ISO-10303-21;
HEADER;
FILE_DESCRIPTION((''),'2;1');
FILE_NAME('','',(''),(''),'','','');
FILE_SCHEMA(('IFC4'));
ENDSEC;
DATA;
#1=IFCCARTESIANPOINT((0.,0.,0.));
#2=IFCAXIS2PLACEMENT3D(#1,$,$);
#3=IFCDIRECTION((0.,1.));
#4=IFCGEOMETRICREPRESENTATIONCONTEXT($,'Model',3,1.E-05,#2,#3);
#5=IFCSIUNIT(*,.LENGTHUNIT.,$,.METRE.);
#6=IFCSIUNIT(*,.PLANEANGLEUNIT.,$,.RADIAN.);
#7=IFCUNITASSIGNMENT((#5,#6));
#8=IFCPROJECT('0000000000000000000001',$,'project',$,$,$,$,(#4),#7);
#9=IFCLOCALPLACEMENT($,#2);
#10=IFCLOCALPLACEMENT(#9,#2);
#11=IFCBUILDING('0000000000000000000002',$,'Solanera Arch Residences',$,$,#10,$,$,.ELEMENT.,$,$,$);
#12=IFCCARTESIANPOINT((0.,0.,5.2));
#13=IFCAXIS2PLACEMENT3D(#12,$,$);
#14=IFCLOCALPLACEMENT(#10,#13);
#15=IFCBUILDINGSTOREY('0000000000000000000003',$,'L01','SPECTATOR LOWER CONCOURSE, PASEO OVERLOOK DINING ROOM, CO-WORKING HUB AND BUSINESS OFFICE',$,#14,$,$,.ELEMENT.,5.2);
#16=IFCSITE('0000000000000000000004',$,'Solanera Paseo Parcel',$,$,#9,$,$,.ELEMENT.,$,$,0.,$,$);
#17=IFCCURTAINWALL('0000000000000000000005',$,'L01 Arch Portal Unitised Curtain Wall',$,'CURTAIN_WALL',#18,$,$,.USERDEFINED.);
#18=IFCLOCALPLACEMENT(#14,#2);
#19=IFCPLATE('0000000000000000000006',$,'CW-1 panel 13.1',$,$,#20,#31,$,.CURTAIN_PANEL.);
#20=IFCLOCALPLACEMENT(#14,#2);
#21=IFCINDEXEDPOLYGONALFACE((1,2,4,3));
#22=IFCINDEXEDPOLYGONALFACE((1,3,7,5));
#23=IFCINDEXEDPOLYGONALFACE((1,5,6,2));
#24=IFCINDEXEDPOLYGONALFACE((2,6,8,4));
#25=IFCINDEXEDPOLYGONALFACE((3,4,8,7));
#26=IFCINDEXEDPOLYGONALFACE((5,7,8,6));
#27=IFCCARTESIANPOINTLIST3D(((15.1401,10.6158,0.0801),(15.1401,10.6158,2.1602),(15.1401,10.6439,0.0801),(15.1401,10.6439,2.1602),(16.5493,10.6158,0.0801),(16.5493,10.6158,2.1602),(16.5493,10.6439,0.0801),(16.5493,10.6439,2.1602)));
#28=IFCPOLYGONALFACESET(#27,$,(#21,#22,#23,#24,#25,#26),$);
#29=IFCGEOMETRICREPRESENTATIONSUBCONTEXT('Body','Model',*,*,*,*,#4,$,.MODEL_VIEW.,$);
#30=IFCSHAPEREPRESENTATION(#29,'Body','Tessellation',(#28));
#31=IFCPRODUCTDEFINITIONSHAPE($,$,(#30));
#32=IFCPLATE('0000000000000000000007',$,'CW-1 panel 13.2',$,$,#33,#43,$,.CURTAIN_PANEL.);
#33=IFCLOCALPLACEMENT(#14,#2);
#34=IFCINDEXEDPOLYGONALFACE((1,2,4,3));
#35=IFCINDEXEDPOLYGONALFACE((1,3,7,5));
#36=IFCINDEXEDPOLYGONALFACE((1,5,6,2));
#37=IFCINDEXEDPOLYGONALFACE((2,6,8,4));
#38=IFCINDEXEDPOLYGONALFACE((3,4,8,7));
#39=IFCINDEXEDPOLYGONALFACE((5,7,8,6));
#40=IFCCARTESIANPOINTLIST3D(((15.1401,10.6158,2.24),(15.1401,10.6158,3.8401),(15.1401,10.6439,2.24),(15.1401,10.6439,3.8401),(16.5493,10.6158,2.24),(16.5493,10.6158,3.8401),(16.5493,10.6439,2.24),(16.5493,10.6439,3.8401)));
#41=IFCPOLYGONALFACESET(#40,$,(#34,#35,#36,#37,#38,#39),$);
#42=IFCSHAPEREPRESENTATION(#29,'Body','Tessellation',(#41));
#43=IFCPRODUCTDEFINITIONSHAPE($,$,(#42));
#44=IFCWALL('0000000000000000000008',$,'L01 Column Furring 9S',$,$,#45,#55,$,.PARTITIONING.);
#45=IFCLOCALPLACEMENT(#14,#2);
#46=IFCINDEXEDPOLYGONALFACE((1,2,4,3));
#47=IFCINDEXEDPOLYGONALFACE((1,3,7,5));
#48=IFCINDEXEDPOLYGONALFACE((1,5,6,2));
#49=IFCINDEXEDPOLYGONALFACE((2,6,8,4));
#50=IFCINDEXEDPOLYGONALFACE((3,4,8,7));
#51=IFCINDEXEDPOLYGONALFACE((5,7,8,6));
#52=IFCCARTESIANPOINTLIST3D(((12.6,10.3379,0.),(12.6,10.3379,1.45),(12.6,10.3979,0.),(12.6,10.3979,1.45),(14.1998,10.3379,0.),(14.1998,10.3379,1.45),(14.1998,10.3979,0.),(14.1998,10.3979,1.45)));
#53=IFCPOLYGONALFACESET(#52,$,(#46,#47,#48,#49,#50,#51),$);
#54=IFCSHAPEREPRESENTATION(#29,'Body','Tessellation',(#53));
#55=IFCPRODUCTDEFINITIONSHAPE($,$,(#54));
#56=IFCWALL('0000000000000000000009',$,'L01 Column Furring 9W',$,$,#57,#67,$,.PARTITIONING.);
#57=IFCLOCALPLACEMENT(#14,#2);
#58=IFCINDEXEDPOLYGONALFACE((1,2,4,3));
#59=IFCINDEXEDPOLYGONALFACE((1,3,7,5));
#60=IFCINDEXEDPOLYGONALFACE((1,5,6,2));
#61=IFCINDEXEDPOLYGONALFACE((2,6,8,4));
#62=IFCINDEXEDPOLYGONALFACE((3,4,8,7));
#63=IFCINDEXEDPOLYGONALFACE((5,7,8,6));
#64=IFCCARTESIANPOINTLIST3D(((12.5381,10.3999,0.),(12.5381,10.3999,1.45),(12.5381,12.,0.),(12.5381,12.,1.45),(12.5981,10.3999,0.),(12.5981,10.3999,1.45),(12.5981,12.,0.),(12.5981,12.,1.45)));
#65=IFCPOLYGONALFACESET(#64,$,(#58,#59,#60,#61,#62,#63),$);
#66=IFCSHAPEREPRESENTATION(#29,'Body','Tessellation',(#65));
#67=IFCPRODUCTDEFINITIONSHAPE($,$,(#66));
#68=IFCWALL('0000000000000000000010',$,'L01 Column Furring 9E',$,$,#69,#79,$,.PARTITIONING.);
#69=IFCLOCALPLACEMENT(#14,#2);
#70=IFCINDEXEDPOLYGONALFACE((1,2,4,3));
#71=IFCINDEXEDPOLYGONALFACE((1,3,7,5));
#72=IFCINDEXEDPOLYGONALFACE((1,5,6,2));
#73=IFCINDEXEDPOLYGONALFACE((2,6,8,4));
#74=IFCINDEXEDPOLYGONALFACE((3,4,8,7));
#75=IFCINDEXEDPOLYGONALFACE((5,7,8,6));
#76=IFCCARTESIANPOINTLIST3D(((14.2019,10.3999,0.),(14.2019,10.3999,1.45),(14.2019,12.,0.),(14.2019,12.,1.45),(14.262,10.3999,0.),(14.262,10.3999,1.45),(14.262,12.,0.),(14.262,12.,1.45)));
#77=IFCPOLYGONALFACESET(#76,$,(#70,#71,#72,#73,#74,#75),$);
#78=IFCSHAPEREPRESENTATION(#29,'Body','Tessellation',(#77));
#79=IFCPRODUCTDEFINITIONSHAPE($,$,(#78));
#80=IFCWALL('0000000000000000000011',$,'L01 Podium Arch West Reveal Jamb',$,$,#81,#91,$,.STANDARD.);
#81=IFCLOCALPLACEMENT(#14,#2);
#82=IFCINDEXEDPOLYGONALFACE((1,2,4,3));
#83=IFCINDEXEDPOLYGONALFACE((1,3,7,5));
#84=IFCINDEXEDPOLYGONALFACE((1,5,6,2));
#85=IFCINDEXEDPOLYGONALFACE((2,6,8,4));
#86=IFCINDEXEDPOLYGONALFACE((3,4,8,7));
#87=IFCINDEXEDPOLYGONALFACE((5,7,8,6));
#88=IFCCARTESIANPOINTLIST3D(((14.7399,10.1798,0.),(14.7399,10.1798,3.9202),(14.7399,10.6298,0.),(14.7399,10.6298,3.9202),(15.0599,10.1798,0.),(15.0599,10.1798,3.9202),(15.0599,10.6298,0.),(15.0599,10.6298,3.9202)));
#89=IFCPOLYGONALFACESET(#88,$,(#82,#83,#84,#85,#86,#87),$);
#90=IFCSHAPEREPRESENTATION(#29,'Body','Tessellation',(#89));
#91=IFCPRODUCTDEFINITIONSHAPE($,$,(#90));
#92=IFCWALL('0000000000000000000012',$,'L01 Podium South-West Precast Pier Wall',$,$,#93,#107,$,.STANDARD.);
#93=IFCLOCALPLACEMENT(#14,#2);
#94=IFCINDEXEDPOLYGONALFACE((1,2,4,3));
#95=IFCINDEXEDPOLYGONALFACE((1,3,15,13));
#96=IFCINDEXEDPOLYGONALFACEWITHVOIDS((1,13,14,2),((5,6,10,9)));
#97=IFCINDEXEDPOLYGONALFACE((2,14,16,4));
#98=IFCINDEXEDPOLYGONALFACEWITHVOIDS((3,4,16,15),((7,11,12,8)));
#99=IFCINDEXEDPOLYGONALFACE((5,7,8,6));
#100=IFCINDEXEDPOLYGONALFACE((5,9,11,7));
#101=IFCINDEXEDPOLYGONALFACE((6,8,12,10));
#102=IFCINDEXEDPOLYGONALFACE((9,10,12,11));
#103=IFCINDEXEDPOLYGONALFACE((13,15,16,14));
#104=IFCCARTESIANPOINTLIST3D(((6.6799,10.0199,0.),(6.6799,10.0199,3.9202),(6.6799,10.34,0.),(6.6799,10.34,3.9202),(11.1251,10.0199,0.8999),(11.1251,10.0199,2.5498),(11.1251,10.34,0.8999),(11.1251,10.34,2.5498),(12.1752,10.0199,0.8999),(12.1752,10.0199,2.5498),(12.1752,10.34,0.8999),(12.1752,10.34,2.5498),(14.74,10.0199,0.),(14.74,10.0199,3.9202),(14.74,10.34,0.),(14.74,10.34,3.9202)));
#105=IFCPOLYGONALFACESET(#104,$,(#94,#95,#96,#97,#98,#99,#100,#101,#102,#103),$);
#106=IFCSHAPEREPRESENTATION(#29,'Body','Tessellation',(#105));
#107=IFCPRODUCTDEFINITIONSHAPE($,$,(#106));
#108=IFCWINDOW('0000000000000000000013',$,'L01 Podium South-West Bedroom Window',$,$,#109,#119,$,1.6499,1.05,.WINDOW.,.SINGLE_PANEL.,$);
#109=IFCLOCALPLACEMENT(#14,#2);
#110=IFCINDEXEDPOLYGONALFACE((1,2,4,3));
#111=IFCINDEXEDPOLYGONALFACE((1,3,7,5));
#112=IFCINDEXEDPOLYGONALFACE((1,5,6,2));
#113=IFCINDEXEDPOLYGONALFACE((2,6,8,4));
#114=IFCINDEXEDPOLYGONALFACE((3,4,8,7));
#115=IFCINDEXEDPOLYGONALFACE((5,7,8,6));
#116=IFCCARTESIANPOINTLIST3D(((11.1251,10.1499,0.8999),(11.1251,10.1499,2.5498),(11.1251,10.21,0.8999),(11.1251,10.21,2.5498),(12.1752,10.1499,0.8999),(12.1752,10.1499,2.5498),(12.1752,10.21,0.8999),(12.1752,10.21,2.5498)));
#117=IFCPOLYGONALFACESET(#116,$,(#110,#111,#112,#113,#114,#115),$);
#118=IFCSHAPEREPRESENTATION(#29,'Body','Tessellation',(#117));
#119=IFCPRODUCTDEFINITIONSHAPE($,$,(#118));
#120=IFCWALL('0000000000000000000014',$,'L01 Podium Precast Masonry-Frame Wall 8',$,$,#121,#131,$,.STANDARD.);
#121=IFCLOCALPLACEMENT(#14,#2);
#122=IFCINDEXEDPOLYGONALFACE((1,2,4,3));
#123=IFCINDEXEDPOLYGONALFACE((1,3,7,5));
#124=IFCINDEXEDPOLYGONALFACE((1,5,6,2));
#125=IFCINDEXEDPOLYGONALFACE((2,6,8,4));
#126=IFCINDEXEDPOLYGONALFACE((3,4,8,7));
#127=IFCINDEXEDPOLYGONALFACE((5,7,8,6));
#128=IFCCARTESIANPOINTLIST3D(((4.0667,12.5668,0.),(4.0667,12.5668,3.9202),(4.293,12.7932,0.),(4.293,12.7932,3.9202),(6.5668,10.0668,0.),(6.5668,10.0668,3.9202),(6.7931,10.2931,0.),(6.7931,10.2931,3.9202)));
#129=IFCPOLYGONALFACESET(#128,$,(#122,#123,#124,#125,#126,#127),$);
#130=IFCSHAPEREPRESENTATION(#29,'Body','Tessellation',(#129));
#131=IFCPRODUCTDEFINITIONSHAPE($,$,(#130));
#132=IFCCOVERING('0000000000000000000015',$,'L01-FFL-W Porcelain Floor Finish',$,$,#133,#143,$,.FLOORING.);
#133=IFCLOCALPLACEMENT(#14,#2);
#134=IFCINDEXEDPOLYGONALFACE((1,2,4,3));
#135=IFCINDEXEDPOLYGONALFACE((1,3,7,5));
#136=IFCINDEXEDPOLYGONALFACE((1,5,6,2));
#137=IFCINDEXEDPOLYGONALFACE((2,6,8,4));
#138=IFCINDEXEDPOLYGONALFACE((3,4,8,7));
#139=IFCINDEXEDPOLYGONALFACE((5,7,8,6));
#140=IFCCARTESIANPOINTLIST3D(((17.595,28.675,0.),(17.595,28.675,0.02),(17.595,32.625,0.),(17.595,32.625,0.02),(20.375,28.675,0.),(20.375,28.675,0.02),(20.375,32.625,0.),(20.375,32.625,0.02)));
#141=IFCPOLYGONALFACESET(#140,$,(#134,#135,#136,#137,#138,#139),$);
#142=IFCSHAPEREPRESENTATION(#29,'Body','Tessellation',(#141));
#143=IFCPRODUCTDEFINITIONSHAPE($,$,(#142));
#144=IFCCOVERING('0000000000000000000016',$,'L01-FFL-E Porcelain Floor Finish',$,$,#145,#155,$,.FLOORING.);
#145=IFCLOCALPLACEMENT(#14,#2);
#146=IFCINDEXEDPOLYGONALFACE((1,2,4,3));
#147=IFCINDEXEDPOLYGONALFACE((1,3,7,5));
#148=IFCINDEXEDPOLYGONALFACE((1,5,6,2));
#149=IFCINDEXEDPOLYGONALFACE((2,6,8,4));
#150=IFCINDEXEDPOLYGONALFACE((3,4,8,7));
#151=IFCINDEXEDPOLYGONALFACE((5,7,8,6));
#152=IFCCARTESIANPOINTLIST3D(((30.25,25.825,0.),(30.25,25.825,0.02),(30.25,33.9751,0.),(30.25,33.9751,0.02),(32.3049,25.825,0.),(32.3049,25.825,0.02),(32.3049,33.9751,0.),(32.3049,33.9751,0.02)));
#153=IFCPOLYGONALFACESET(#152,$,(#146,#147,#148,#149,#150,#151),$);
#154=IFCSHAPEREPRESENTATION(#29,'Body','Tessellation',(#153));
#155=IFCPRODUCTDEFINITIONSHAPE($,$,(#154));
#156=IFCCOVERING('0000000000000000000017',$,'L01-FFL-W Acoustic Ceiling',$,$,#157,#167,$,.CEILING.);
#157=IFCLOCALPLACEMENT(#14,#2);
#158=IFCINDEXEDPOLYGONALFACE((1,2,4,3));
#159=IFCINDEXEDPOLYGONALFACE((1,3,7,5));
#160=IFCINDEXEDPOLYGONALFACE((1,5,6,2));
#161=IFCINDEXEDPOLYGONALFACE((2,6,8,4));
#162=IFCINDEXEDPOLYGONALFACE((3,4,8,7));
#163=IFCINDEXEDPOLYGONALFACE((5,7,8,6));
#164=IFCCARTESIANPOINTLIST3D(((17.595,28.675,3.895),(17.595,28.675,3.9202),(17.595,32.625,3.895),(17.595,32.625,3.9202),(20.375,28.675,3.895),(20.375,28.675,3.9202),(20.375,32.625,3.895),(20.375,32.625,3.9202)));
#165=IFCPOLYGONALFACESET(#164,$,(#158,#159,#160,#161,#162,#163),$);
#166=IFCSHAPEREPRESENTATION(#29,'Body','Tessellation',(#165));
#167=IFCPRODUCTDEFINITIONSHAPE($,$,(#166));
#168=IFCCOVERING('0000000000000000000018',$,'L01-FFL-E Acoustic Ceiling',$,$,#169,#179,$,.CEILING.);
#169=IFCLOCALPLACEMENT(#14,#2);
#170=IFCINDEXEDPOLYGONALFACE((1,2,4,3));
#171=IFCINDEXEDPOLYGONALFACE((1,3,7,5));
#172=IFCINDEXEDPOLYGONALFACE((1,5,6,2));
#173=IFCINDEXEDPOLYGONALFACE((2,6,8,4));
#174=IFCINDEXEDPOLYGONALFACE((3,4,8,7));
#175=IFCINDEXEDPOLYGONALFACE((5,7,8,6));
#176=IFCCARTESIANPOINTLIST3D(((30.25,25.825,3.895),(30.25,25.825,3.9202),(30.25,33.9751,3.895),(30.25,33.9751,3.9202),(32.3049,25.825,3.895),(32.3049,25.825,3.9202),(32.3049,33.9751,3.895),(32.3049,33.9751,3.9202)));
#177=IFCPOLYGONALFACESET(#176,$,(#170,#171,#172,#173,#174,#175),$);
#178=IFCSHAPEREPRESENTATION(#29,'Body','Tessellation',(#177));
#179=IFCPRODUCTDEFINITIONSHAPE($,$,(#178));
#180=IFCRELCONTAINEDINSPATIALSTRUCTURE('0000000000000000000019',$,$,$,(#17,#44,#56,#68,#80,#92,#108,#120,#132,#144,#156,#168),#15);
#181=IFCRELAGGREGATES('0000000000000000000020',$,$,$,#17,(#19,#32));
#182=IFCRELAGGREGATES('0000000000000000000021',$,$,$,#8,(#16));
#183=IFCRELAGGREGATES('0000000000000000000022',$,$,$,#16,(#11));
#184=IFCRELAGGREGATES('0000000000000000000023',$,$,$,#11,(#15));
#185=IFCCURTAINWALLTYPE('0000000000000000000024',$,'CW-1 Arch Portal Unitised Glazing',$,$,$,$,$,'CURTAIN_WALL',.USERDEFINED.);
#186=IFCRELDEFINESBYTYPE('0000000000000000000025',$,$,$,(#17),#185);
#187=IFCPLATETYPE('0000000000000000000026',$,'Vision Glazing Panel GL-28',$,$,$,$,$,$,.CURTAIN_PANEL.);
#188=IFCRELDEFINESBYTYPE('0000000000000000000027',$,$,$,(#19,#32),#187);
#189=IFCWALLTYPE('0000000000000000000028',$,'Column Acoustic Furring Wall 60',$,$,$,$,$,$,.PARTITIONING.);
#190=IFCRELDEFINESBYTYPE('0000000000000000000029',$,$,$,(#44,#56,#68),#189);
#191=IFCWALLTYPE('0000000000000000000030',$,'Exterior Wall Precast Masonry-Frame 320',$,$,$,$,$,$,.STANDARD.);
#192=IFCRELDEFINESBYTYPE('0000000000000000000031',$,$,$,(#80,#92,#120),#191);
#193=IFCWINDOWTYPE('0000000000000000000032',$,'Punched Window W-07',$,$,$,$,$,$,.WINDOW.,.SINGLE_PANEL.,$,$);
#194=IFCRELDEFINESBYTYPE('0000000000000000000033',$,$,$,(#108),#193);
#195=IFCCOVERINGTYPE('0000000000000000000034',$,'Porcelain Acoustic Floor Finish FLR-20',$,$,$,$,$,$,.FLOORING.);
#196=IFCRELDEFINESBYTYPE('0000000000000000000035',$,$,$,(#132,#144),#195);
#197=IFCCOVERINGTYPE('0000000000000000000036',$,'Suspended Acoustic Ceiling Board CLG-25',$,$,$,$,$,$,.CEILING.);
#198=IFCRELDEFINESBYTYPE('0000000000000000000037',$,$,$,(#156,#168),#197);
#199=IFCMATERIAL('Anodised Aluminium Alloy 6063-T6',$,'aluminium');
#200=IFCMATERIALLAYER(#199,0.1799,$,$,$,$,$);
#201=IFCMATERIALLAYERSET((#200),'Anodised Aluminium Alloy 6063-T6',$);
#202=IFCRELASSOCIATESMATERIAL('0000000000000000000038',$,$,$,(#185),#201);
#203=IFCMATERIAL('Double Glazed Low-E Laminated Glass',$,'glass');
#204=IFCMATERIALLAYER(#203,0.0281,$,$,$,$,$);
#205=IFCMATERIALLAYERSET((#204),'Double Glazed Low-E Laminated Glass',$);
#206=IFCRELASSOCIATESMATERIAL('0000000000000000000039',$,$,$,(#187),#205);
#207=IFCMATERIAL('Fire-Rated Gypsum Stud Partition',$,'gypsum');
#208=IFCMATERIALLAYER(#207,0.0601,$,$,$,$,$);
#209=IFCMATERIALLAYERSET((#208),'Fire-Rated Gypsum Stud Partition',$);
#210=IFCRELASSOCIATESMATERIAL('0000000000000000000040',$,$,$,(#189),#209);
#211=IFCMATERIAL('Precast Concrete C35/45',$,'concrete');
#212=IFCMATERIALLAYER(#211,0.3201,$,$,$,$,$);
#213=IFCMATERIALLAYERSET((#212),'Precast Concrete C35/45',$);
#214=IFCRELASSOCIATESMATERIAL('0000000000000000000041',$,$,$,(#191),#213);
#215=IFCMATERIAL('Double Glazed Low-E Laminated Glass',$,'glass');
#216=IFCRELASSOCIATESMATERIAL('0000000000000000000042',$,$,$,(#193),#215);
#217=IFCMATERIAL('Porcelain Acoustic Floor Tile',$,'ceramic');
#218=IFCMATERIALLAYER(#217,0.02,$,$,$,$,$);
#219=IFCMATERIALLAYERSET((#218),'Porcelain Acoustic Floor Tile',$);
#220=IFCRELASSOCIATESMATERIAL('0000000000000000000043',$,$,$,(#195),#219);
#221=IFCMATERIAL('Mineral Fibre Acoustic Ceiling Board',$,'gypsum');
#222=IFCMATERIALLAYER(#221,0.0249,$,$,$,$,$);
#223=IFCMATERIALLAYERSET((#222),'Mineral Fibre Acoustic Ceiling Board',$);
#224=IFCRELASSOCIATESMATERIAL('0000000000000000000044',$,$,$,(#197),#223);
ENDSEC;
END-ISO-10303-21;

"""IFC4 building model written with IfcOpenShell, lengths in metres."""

from ifc_helpers import new_model, si_unit, direction, frame, frame_2d, origin, origin_2d, place, context, subcontext, project, spatial, polyline, rectangle, outline, extrude, material, layer, layer_set, type_object, element, fill, aggregate, save


model = new_model("IFC4")

# Units and contexts
model_context = context("Model", 3, precision=1e-05, world=origin(), true_north=direction((0.0, 1.0)))
body_context = subcontext(model_context, "Body", "Model", "MODEL_VIEW")
ifc_project = project(units=[si_unit("LENGTHUNIT", "METRE"), si_unit("PLANEANGLEUNIT", "RADIAN")], contexts=[model_context])

# Site, building, storey
site_placement = place(None, origin())
site = spatial("IfcSite", under=ifc_project, at=site_placement, Name="Solanera Paseo Parcel", CompositionType="ELEMENT", RefElevation=0.0)
building_placement = place(site_placement, origin())
building = spatial("IfcBuilding", under=site, at=building_placement, Name="Solanera Arch Residences", CompositionType="ELEMENT")
storey_placement = place(building_placement, frame((0.0, 0.0, 5.2)))
storey = spatial("IfcBuildingStorey", under=building, at=storey_placement, Name="L01", Description="SPECTATOR LOWER CONCOURSE, PASEO OVERLOOK DINING ROOM, CO-WORKING HUB AND BUSINESS OFFICE", CompositionType="ELEMENT", Elevation=5.2)

# Curtain wall
ifc_material_1 = material(Name="Anodised Aluminium Alloy 6063-T6", Category="aluminium")
ifc_layer_1 = layer(ifc_material_1, 0.1799)
ifc_layer_set_1 = layer_set([ifc_layer_1], Name="Anodised Aluminium Alloy 6063-T6")
curtain_wall_type = type_object("IfcCurtainWallType", Name="CW-1 Arch Portal Unitised Glazing", ElementType="CURTAIN_WALL", PredefinedType="USERDEFINED", material=ifc_layer_set_1)
curtain_wall_placement = place(storey_placement, origin())
curtain_wall = element("IfcCurtainWall", 1, at=curtain_wall_placement, inside=storey, type_object=curtain_wall_type, Name="L01 Arch Portal Unitised Curtain Wall", ObjectType="CURTAIN_WALL", PredefinedType="USERDEFINED")

# Plates
ifc_material_2 = material(Name="Double Glazed Low-E Laminated Glass", Category="glass")
ifc_layer_2 = layer(ifc_material_2, 0.0281)
ifc_layer_set_2 = layer_set([ifc_layer_2], Name="Double Glazed Low-E Laminated Glass")
plate_type = type_object("IfcPlateType", Name="Vision Glazing Panel GL-28", PredefinedType="CURTAIN_PANEL", material=ifc_layer_set_2)
plate_1_placement = place(storey_placement, frame((15.8447, 10.6299, 0.0801), z_axis=(0.0, 0.0, 1.0), x_axis=(-1.0, 0.0, 0.0)))
plate_1 = element("IfcPlate", 2, at=plate_1_placement, type_object=plate_type, Name="CW-1 panel 13.1", PredefinedType="CURTAIN_PANEL", context=body_context, shape_type="SweptSolid", body=[
    extrude(rectangle(XDim=1.4092, YDim=0.0281, at=origin_2d()), origin(), (0.0, 0.0, 1.0), 2.0801),
])
plate_2_placement = place(storey_placement, frame((15.8447, 10.6299, 2.24), z_axis=(0.0, 0.0, 1.0), x_axis=(-1.0, 0.0, 0.0)))
plate_2 = element("IfcPlate", 3, at=plate_2_placement, type_object=plate_type, Name="CW-1 panel 13.2", PredefinedType="CURTAIN_PANEL", context=body_context, shape_type="SweptSolid", body=[
    extrude(rectangle(XDim=1.4092, YDim=0.0281, at=origin_2d()), origin(), (0.0, 0.0, 1.0), 1.6001),
])
aggregate(curtain_wall, [plate_1, plate_2])

# Walls
ifc_material_3 = material(Name="Fire-Rated Gypsum Stud Partition", Category="gypsum")
ifc_layer_3 = layer(ifc_material_3, 0.0601)
ifc_layer_set_3 = layer_set([ifc_layer_3], Name="Fire-Rated Gypsum Stud Partition")
wall_type_1 = type_object("IfcWallType", Name="Column Acoustic Furring Wall 60", PredefinedType="PARTITIONING", material=ifc_layer_set_3)
wall_1_placement = place(storey_placement, frame((12.6001, 10.3679, 0.0), z_axis=(0.0, 0.0, 1.0), x_axis=(1.0, 0.0, 0.0)))
element("IfcWall", 4, at=wall_1_placement, inside=storey, type_object=wall_type_1, Name="L01 Column Furring 9S", PredefinedType="PARTITIONING", context=body_context, shape_type="SweptSolid", body=[
    extrude(rectangle(XDim=1.5999, YDim=0.0601, at=frame_2d((0.7998, 0.0))), origin(), (0.0, 0.0, 1.0), 1.45),
])
for number, where, z_axis, x_axis, name in (
    (5, (12.5681, 10.3999, 0.0), (0.0, 0.0, 1.0), (0.0, 1.0, 0.0), "L01 Column Furring 9W"),
    (6, (14.2319, 10.3999, 0.0), (0.0, 0.0, 1.0), (0.0, 1.0, 0.0), "L01 Column Furring 9E"),
):
    element("IfcWall", number, at=place(storey_placement, frame(where, z_axis=z_axis, x_axis=x_axis)), inside=storey, type_object=wall_type_1, Name=name, PredefinedType="PARTITIONING", context=body_context, shape_type="SweptSolid", body=[
        extrude(rectangle(XDim=1.6001, YDim=0.0601, at=frame_2d((0.8, 0.0))), origin(), (0.0, 0.0, 1.0), 1.45),
    ])
ifc_material_4 = material(Name="Precast Concrete C35/45", Category="concrete")
ifc_layer_4 = layer(ifc_material_4, 0.3201)
ifc_layer_set_4 = layer_set([ifc_layer_4], Name="Precast Concrete C35/45")
wall_type_2 = type_object("IfcWallType", Name="Exterior Wall Precast Masonry-Frame 320", PredefinedType="STANDARD", material=ifc_layer_set_4)
wall_2_placement = place(storey_placement, frame((14.8999, 10.6299, 0.0), z_axis=(0.0, 0.0, 1.0), x_axis=(0.0, -1.0, 0.0)))
element("IfcWall", 7, at=wall_2_placement, inside=storey, type_object=wall_type_2, Name="L01 Podium Arch West Reveal Jamb", PredefinedType="STANDARD", context=body_context, shape_type="SweptSolid", body=[
    extrude(rectangle(XDim=0.45, YDim=0.3201, at=frame_2d((0.2251, 0.0))), origin(), (0.0, 0.0, 1.0), 3.9202),
])

# Wall, opening, window
wall_3_placement = place(storey_placement, frame((14.74, 10.1799, 0.0), z_axis=(0.0, 0.0, 1.0), x_axis=(-1.0, 0.0, 0.0)))
wall_3 = element("IfcWall", 8, at=wall_3_placement, inside=storey, type_object=wall_type_2, Name="L01 Podium South-West Precast Pier Wall", PredefinedType="STANDARD", context=body_context, shape_type="SweptSolid", body=[
    extrude(rectangle(XDim=8.0601, YDim=0.3201, at=frame_2d((4.03, 0.0))), origin(), (0.0, 0.0, 1.0), 3.9202),
])
opening_placement = place(wall_3_placement, frame((2.5649, 0.0, 0.8999)))
opening = element("IfcOpeningElement", 9, at=opening_placement, cuts=wall_3, PredefinedType="OPENING", context=body_context, shape_type="SweptSolid", body=[
    extrude(rectangle(XDim=1.05, YDim=1.6499, at=frame_2d((0.5249, 0.825))), frame((0.0, 0.1699, 0.0), z_axis=(0.0, -1.0, 0.0), x_axis=(1.0, 0.0, 0.0)), (0.0, 0.0, 1.0), 0.3401),
])
ifc_material_5 = material(Name="Double Glazed Low-E Laminated Glass", Category="glass")
window_type = type_object("IfcWindowType", Name="Punched Window W-07", PartitioningType="SINGLE_PANEL", PredefinedType="WINDOW", material=ifc_material_5)
window_placement = place(opening_placement, origin())
window = element("IfcWindow", 10, at=window_placement, inside=storey, type_object=window_type, Name="L01 Podium South-West Bedroom Window", OverallHeight=1.6499, OverallWidth=1.05, PartitioningType="SINGLE_PANEL", PredefinedType="WINDOW", context=body_context, shape_type="SweptSolid", body=[
    extrude(rectangle(XDim=1.05, YDim=1.6499, at=frame_2d((0.5249, 0.825))), frame((0.0, 0.03, 0.0), z_axis=(0.0, -1.0, 0.0), x_axis=(1.0, 0.0, 0.0)), (0.0, 0.0, 1.0), 0.0601),
])
fill(opening, window)

# Wall
wall_4_placement = place(storey_placement, frame((6.6799, 10.1799, 0.0), z_axis=(0.0, 0.0, 1.0), x_axis=(-0.707107, 0.707107, 0.0)))
element("IfcWall", 11, at=wall_4_placement, inside=storey, type_object=wall_type_2, Name="L01 Podium Precast Masonry-Frame Wall 8", PredefinedType="STANDARD", context=body_context, shape_type="SweptSolid", body=[
    extrude(rectangle(XDim=3.5356, YDim=0.3201, at=frame_2d((1.7678, 0.0))), origin(), (0.0, 0.0, 1.0), 3.9202),
])

# Coverings
ifc_material_6 = material(Name="Porcelain Acoustic Floor Tile", Category="ceramic")
ifc_layer_5 = layer(ifc_material_6, 0.02)
ifc_layer_set_5 = layer_set([ifc_layer_5], Name="Porcelain Acoustic Floor Tile")
covering_type_1 = type_object("IfcCoveringType", Name="Porcelain Acoustic Floor Finish FLR-20", PredefinedType="FLOORING", material=ifc_layer_set_5)
covering_1_placement = place(storey_placement, origin())
element("IfcCovering", 12, at=covering_1_placement, inside=storey, type_object=covering_type_1, Name="L01-FFL-W Porcelain Floor Finish", PredefinedType="FLOORING", context=body_context, shape_type="SweptSolid", body=[
    extrude(outline(polyline([(20.375, 28.675), (17.595, 28.675), (17.595, 32.625), (20.375, 32.625), (20.375, 28.675)])), origin(), (0.0, 0.0, 1.0), 0.02),
])
covering_2_placement = place(storey_placement, origin())
element("IfcCovering", 13, at=covering_2_placement, inside=storey, type_object=covering_type_1, Name="L01-FFL-E Porcelain Floor Finish", PredefinedType="FLOORING", context=body_context, shape_type="SweptSolid", body=[
    extrude(outline(polyline([(32.3049, 25.825), (30.25, 25.825), (30.25, 33.9751), (32.3049, 33.9751), (32.3049, 25.825)])), origin(), (0.0, 0.0, 1.0), 0.02),
])
ifc_material_7 = material(Name="Mineral Fibre Acoustic Ceiling Board", Category="gypsum")
ifc_layer_6 = layer(ifc_material_7, 0.0249)
ifc_layer_set_6 = layer_set([ifc_layer_6], Name="Mineral Fibre Acoustic Ceiling Board")
covering_type_2 = type_object("IfcCoveringType", Name="Suspended Acoustic Ceiling Board CLG-25", PredefinedType="CEILING", material=ifc_layer_set_6)
covering_3_placement = place(storey_placement, frame((0.0, 0.0, 3.895)))
element("IfcCovering", 14, at=covering_3_placement, inside=storey, type_object=covering_type_2, Name="L01-FFL-W Acoustic Ceiling", PredefinedType="CEILING", context=body_context, shape_type="SweptSolid", body=[
    extrude(outline(polyline([(20.375, 28.675), (17.595, 28.675), (17.595, 32.625), (20.375, 32.625), (20.375, 28.675)])), origin(), (0.0, 0.0, 1.0), 0.0251),
])
covering_4_placement = place(storey_placement, frame((0.0, 0.0, 3.895)))
element("IfcCovering", 15, at=covering_4_placement, inside=storey, type_object=covering_type_2, Name="L01-FFL-E Acoustic Ceiling", PredefinedType="CEILING", context=body_context, shape_type="SweptSolid", body=[
    extrude(outline(polyline([(32.3049, 25.825), (30.25, 25.825), (30.25, 33.9751), (32.3049, 33.9751), (32.3049, 25.825)])), origin(), (0.0, 0.0, 1.0), 0.0251),
])

save(model, "model.ifc")
